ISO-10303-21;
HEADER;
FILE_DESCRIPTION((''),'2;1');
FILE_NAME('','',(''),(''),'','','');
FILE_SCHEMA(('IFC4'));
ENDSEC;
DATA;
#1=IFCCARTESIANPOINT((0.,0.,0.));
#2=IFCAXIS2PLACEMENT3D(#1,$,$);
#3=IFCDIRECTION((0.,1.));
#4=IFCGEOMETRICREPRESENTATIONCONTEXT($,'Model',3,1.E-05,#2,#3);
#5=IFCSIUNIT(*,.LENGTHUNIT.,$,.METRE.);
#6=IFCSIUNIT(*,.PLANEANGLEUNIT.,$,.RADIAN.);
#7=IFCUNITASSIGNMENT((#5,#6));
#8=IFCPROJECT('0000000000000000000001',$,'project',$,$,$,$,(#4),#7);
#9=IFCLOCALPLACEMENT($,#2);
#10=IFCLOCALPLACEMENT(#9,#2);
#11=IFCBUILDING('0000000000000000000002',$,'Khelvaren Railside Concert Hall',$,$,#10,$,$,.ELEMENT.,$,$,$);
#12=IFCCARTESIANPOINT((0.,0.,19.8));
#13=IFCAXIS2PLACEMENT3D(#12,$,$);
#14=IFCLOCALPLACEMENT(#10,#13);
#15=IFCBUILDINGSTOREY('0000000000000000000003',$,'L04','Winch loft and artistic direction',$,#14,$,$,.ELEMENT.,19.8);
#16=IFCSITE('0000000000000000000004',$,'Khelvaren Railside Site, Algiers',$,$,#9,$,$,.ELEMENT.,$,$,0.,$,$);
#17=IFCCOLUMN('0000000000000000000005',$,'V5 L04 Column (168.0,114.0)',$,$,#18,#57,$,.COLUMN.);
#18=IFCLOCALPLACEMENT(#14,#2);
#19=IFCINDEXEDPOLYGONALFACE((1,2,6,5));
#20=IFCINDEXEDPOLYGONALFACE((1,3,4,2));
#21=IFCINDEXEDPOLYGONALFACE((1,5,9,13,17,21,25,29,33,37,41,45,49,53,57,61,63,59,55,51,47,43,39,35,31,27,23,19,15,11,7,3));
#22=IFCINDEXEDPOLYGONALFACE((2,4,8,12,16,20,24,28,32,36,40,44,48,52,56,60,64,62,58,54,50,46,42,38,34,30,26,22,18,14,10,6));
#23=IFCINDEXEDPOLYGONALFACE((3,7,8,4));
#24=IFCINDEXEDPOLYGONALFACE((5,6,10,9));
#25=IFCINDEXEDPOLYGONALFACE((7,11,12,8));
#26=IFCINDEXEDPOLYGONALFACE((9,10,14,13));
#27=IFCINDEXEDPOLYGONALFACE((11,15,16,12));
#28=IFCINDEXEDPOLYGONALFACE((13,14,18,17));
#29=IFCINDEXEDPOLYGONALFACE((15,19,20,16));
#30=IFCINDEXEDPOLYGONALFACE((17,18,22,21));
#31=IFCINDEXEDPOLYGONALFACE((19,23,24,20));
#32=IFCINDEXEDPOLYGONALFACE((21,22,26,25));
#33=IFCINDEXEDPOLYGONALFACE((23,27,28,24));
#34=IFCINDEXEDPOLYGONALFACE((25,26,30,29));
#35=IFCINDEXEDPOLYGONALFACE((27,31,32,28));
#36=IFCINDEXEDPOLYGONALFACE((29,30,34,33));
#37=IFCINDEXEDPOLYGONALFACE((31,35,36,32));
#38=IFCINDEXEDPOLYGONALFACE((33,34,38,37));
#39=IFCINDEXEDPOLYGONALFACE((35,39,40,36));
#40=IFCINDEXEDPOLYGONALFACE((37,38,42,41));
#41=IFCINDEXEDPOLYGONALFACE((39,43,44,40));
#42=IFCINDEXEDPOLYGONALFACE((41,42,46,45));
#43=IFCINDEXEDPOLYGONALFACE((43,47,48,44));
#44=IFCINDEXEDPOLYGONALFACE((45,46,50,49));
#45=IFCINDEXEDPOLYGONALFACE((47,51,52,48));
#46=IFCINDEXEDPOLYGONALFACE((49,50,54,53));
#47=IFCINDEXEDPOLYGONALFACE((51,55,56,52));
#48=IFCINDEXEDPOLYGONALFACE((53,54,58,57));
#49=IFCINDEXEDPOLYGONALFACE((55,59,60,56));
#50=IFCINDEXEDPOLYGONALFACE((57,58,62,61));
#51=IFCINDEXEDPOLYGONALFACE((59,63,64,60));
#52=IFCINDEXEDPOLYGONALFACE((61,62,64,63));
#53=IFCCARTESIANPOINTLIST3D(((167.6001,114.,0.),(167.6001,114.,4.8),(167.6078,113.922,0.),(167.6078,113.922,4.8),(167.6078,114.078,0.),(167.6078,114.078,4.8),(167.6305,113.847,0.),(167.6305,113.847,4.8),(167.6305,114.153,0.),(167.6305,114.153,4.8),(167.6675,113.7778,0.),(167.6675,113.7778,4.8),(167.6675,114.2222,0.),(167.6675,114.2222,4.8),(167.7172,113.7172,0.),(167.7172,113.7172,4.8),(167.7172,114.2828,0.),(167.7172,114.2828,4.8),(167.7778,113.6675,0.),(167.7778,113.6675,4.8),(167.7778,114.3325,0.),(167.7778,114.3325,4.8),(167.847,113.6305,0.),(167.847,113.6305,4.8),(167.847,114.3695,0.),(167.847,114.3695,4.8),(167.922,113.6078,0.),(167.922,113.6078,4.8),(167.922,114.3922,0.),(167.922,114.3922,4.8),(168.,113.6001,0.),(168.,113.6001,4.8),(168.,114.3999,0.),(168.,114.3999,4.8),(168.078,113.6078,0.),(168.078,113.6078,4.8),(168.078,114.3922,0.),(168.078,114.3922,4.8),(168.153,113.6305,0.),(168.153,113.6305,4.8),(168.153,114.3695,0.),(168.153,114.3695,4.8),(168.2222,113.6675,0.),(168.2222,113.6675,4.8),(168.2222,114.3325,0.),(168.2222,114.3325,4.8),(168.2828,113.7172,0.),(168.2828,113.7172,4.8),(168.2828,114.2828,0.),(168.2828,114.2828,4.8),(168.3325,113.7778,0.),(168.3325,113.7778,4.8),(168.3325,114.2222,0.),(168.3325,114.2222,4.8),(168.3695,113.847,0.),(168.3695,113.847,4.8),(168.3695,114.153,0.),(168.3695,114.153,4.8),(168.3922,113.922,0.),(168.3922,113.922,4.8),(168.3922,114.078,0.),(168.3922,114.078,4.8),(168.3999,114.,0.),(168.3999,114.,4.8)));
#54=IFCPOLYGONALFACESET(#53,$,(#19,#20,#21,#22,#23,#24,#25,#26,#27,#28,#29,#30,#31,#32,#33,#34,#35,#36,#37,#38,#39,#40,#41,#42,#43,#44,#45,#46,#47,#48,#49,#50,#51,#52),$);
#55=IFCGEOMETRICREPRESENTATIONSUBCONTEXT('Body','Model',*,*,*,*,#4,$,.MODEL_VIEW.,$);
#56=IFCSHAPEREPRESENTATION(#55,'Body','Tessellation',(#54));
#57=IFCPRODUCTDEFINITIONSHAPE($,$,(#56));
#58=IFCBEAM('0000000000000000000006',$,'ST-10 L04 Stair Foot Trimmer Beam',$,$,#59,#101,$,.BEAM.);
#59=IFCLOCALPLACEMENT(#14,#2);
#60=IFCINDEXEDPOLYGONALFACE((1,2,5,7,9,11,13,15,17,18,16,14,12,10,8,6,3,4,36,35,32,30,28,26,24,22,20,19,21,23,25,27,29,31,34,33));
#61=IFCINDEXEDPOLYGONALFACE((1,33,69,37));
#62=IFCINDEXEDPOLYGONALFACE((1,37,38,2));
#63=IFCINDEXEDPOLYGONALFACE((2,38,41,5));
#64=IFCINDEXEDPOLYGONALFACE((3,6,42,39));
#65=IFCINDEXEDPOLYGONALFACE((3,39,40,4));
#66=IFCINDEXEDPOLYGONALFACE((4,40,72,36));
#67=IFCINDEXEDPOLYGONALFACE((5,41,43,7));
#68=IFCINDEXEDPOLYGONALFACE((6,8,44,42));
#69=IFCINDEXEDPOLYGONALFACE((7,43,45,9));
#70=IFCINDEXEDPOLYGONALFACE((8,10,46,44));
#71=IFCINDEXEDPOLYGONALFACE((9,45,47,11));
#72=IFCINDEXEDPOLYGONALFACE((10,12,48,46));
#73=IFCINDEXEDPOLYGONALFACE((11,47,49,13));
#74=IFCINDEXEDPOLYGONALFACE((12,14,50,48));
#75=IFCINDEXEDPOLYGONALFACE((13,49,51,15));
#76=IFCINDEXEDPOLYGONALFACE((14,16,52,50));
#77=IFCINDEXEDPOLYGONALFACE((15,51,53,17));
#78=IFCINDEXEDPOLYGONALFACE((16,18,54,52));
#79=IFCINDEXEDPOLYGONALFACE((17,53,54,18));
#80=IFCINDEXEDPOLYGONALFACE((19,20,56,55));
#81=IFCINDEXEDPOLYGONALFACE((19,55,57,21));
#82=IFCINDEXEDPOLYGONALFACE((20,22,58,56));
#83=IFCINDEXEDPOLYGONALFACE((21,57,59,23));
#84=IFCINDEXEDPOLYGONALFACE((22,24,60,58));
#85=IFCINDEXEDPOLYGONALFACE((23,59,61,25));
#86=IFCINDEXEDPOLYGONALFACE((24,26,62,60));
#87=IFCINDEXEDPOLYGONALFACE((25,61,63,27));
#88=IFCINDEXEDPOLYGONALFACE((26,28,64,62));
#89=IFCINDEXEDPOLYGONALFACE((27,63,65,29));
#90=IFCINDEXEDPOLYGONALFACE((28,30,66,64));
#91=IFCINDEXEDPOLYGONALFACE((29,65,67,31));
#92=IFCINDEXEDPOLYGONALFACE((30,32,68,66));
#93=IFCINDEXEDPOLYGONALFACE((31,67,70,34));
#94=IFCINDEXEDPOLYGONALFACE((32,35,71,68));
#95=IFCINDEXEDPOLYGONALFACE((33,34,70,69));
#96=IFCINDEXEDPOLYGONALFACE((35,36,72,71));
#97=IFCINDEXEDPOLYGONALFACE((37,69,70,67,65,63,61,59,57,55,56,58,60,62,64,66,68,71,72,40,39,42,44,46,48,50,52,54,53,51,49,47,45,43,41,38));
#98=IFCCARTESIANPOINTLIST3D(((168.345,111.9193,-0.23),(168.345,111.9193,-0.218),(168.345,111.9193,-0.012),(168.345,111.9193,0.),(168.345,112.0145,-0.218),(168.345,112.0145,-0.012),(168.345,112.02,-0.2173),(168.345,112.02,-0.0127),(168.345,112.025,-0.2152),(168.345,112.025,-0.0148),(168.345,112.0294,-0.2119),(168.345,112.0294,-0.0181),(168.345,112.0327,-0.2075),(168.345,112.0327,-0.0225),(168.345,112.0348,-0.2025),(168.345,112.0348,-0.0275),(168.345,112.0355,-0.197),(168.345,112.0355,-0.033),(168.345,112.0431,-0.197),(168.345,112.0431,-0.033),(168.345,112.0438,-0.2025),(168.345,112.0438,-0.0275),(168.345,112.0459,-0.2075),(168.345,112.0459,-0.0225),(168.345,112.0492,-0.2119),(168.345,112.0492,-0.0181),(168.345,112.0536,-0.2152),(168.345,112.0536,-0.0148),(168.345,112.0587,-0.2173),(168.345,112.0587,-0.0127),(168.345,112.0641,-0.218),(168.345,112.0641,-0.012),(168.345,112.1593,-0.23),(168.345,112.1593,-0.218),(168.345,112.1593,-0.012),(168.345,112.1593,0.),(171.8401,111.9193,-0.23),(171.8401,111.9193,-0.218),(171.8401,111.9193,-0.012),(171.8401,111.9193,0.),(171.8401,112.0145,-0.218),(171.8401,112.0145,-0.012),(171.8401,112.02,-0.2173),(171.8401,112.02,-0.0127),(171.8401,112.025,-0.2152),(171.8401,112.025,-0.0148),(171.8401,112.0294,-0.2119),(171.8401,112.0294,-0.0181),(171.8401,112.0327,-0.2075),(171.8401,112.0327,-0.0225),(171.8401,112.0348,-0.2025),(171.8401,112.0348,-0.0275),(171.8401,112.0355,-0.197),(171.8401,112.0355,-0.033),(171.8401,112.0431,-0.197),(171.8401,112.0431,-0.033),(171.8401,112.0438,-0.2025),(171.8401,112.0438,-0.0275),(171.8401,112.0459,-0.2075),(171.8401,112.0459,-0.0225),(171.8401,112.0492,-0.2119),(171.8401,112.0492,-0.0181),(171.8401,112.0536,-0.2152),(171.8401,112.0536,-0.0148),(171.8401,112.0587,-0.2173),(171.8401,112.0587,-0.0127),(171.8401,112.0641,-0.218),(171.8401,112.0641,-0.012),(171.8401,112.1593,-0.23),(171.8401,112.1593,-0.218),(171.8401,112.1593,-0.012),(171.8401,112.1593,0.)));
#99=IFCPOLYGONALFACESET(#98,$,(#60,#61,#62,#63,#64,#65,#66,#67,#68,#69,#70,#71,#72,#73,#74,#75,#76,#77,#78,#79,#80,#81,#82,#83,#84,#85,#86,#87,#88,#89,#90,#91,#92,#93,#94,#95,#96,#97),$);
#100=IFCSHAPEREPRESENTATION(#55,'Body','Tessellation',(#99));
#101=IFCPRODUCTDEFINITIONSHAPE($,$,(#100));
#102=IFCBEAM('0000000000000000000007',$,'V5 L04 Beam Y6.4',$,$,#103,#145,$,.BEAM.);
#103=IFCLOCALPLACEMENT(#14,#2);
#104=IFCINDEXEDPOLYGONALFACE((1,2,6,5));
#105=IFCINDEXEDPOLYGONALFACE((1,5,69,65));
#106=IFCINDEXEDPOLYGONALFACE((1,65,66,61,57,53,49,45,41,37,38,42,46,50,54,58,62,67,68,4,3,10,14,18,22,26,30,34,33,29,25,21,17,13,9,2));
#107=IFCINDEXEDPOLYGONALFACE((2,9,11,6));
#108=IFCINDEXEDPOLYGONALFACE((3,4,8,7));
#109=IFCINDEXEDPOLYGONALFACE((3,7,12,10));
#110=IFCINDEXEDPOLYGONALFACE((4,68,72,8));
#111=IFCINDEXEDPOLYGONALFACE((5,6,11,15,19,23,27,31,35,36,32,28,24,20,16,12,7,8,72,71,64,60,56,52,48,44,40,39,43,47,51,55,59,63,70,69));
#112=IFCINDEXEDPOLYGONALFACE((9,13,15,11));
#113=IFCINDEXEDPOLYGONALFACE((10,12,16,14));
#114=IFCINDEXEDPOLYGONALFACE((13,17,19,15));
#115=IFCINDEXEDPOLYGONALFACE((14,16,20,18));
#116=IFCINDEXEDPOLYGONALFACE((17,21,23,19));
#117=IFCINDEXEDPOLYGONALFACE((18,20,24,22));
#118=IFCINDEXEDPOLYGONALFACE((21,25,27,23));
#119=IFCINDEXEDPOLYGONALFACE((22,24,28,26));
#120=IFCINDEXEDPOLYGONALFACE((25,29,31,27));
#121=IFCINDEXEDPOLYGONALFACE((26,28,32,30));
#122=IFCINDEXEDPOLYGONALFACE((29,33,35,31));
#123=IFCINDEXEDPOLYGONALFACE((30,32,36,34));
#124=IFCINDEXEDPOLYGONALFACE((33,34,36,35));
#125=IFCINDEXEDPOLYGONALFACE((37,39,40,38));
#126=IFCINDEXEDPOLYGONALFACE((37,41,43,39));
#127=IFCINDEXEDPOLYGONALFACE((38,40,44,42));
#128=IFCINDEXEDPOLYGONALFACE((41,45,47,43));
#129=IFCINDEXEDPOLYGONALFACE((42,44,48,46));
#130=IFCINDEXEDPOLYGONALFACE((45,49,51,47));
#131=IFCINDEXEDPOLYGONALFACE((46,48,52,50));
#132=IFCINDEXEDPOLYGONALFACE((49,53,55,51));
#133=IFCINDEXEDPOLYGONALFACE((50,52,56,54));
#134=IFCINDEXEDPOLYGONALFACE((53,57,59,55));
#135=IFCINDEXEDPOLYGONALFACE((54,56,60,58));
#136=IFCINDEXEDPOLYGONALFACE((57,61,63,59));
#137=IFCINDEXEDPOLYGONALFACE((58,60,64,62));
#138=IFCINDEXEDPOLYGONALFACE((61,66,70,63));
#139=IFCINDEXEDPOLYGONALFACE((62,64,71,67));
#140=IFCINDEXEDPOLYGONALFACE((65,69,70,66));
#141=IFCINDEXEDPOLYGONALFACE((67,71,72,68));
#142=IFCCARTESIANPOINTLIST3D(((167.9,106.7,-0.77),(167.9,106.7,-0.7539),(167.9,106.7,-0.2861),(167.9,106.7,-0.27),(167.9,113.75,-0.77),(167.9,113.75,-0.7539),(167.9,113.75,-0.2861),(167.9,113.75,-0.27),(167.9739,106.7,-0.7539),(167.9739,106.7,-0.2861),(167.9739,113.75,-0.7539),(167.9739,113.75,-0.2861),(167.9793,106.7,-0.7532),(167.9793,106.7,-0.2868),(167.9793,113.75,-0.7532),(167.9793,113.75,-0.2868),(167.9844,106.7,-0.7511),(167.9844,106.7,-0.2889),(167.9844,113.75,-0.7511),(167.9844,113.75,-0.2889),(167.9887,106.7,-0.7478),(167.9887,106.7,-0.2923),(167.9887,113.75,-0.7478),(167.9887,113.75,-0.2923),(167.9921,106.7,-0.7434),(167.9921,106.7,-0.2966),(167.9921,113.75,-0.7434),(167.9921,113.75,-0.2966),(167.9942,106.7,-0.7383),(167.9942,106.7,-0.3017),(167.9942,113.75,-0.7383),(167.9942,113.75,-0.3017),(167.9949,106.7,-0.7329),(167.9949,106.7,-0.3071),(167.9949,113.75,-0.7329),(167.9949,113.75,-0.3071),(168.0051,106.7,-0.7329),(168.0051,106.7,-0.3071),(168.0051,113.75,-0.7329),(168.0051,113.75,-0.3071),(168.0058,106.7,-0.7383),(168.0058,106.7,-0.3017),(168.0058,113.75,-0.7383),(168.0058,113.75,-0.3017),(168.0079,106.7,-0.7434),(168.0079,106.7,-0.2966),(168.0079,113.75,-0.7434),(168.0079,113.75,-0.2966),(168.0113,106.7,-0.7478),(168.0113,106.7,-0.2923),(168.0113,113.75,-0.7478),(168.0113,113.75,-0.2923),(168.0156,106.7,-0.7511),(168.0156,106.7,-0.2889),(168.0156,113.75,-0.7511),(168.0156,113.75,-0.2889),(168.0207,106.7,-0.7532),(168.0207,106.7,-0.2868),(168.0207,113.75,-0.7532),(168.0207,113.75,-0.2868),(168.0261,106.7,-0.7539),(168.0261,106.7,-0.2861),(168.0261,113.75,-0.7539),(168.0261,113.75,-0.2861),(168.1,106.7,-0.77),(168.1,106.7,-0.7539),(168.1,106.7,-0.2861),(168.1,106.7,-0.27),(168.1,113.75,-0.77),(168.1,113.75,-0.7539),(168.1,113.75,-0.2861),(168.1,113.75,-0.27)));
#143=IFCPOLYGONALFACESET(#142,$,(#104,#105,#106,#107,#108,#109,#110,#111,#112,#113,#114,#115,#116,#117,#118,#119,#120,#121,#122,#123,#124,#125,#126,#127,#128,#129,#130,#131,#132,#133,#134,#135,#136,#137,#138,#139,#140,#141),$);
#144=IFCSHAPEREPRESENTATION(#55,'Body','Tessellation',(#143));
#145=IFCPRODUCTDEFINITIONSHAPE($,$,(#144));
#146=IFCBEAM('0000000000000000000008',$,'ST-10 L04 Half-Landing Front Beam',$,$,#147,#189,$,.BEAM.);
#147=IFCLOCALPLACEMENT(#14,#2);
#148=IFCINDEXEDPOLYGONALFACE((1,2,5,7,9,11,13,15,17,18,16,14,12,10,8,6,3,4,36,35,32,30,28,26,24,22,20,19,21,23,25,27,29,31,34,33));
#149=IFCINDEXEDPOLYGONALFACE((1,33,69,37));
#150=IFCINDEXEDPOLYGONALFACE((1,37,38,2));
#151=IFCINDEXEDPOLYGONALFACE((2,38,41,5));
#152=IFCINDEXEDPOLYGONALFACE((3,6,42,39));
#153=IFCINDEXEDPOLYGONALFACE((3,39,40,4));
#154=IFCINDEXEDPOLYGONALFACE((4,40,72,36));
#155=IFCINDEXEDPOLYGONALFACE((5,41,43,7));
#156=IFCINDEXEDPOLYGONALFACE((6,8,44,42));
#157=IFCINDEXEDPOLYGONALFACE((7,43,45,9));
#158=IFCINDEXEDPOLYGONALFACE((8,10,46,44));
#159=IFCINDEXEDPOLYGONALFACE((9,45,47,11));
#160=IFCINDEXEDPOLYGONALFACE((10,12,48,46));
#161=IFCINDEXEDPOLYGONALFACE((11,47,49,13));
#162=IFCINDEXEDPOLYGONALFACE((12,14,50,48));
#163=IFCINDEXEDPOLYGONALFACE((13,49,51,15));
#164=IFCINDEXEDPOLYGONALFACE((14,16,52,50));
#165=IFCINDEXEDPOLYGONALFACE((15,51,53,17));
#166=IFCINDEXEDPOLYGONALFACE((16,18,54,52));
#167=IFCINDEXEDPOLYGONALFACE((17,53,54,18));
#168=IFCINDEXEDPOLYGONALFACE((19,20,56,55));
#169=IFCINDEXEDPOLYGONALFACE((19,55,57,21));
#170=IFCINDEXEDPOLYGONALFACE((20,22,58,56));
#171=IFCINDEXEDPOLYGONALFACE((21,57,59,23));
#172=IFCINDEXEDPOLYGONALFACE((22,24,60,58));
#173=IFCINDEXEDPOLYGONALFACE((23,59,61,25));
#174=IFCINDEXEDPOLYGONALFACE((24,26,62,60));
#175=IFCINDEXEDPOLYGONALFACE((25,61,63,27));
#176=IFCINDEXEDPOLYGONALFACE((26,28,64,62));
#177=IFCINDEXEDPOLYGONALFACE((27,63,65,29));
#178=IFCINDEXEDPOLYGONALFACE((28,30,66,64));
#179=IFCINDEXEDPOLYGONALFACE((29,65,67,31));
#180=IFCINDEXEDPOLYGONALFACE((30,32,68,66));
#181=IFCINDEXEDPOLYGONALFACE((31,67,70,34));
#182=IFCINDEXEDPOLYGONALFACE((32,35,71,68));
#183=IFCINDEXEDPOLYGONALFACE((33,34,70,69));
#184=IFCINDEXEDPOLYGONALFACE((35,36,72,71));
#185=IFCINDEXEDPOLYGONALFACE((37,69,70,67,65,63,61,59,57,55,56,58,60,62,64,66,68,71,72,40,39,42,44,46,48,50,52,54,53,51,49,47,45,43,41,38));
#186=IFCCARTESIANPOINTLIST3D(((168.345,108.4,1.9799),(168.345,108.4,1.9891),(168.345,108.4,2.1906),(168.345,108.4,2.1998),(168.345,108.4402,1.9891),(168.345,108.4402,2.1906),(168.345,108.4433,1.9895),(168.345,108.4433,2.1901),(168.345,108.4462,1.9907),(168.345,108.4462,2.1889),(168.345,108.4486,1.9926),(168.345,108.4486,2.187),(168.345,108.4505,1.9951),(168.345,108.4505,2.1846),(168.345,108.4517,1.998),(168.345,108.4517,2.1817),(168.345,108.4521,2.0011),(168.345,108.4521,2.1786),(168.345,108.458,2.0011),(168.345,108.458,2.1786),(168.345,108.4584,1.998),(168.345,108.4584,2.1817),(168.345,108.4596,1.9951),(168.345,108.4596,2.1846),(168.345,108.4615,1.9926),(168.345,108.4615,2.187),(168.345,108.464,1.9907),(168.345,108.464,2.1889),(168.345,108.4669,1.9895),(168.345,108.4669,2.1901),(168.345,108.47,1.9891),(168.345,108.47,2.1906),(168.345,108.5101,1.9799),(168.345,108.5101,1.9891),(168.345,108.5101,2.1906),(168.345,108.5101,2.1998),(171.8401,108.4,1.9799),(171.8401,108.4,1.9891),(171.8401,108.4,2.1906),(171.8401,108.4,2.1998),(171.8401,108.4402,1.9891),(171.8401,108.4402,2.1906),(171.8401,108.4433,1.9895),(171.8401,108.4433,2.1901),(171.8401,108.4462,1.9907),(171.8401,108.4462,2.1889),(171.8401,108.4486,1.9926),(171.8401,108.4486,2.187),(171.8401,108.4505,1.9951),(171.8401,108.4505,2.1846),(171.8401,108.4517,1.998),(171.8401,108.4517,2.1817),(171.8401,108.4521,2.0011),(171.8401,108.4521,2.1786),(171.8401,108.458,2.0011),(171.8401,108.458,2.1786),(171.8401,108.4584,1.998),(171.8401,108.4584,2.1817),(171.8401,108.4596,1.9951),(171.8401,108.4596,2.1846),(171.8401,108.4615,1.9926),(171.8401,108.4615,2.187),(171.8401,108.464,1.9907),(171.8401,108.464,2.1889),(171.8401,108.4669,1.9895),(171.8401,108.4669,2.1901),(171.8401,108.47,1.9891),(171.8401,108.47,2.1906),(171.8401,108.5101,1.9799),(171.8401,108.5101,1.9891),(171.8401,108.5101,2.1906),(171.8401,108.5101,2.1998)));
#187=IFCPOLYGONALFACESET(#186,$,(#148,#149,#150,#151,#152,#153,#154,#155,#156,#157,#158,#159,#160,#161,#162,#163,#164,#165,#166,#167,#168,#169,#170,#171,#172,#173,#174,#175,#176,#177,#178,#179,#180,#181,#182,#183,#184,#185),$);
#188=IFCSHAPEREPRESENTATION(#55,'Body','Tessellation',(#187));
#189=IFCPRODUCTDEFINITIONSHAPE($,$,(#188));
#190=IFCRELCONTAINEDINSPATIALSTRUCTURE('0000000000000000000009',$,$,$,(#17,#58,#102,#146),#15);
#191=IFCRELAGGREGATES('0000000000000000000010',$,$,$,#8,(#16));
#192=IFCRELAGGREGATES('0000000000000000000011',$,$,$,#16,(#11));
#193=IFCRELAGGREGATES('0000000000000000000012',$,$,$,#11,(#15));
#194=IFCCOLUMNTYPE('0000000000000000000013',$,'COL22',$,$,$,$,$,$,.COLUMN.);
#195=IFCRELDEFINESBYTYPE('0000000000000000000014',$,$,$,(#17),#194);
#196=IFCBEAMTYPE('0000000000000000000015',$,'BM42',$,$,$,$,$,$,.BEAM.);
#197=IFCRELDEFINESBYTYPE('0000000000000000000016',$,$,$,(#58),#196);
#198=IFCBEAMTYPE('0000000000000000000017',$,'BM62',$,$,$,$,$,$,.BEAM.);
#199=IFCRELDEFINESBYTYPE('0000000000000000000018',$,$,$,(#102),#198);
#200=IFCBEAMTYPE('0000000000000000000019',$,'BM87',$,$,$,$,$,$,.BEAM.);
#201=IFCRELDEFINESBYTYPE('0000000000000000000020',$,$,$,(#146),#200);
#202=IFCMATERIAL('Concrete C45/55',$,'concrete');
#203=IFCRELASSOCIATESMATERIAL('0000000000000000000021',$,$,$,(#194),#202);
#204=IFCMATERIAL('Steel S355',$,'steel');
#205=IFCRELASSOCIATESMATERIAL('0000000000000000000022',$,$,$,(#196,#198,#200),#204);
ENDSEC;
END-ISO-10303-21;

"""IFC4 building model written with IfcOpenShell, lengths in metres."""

from ifc_helpers import new_model, si_unit, direction, frame, origin, origin_2d, place, context, subcontext, project, spatial, circle, i_section, extrude, material, material_profile, profile_set, type_object, element, save


model = new_model("IFC4")

# Units and contexts
model_context = context("Model", 3, precision=1e-05, world=origin(), true_north=direction((0.0, 1.0)))
body_context = subcontext(model_context, "Body", "Model", "MODEL_VIEW")
ifc_project = project(units=[si_unit("LENGTHUNIT", "METRE"), si_unit("PLANEANGLEUNIT", "RADIAN")], contexts=[model_context])

# Site, building, storey
site_placement = place(None, origin())
site = spatial("IfcSite", under=ifc_project, at=site_placement, Name="Khelvaren Railside Site, Algiers", CompositionType="ELEMENT", RefElevation=0.0)
building_placement = place(site_placement, origin())
building = spatial("IfcBuilding", under=site, at=building_placement, Name="Khelvaren Railside Concert Hall", CompositionType="ELEMENT")
storey_placement = place(building_placement, frame((0.0, 0.0, 19.8)))
storey = spatial("IfcBuildingStorey", under=building, at=storey_placement, Name="L04", Description="Winch loft and artistic direction", CompositionType="ELEMENT", Elevation=19.8)

# Column
ifc_material_1 = material(Name="Concrete C45/55", Category="concrete")
ifc_material_profile_1 = material_profile(ifc_material_1, circle(Radius=0.3999, at=origin_2d()), Name="RC D800")
ifc_profile_set_1 = profile_set([ifc_material_profile_1], Name="Concrete C45/55")
column_type = type_object("IfcColumnType", Name="COL22", PredefinedType="COLUMN", material=ifc_profile_set_1)
column_placement = place(storey_placement, frame((168.0, 114.0, 0.0), z_axis=(0.0, 0.0, 1.0), x_axis=(1.0, 0.0, 0.0)))
element("IfcColumn", 1, at=column_placement, inside=storey, type_object=column_type, Name="V5 L04 Column (168.0,114.0)", PredefinedType="COLUMN", context=body_context, shape_type="SweptSolid", body=[
    extrude(circle(Radius=0.3999, at=origin_2d()), origin(), (0.0, 0.0, 1.0), 4.8),
])

# Beams
ifc_material_2 = material(Name="Steel S355", Category="steel")
ifc_material_profile_2 = material_profile(ifc_material_2, i_section(OverallWidth=0.24, OverallDepth=0.23, WebThickness=0.0076, FlangeThickness=0.012, FilletRadius=0.021, at=origin_2d()), Name="HEA 240")
ifc_profile_set_2 = profile_set([ifc_material_profile_2], Name="Steel S355")
beam_type_1 = type_object("IfcBeamType", Name="BM42", PredefinedType="BEAM", material=ifc_profile_set_2)
beam_1_placement = place(storey_placement, frame((168.345, 112.0393, -0.115), z_axis=(1.0, 0.0, 0.0), x_axis=(0.0, 1.0, 0.0)))
element("IfcBeam", 2, at=beam_1_placement, inside=storey, type_object=beam_type_1, Name="ST-10 L04 Stair Foot Trimmer Beam", PredefinedType="BEAM", context=body_context, shape_type="SweptSolid", body=[
    extrude(i_section(OverallWidth=0.24, OverallDepth=0.23, WebThickness=0.0076, FlangeThickness=0.012, FilletRadius=0.021, at=origin_2d()), origin(), (0.0, 0.0, 1.0), 3.4951),
])
ifc_material_profile_3 = material_profile(ifc_material_2, i_section(OverallWidth=0.2, OverallDepth=0.5, WebThickness=0.0103, FlangeThickness=0.0161, FilletRadius=0.021, at=origin_2d()), Name="IPE 500")
ifc_profile_set_3 = profile_set([ifc_material_profile_3], Name="Steel S355")
beam_type_2 = type_object("IfcBeamType", Name="BM62", PredefinedType="BEAM", material=ifc_profile_set_3)
beam_2_placement = place(storey_placement, frame((168.0, 106.7, -0.52), z_axis=(0.0, 1.0, 0.0), x_axis=(-1.0, 0.0, 0.0)))
element("IfcBeam", 3, at=beam_2_placement, inside=storey, type_object=beam_type_2, Name="V5 L04 Beam Y6.4", PredefinedType="BEAM", context=body_context, shape_type="SweptSolid", body=[
    extrude(i_section(OverallWidth=0.2, OverallDepth=0.5, WebThickness=0.0103, FlangeThickness=0.0161, FilletRadius=0.021, at=origin_2d()), origin(), (0.0, 0.0, 1.0), 7.05),
])
ifc_material_profile_4 = material_profile(ifc_material_2, i_section(OverallWidth=0.1101, OverallDepth=0.22, WebThickness=0.0059, FlangeThickness=0.0093, FilletRadius=0.012, at=origin_2d()), Name="IPE 220")
ifc_profile_set_4 = profile_set([ifc_material_profile_4], Name="Steel S355")
beam_type_3 = type_object("IfcBeamType", Name="BM87", PredefinedType="BEAM", material=ifc_profile_set_4)
for number, where, z_axis, x_axis, name in (
    (4, (168.345, 108.4551, 2.0898), (1.0, 0.0, 0.0), (0.0, 1.0, 0.0), "ST-10 L04 Half-Landing Front Beam"),
):
    element("IfcBeam", number, at=place(storey_placement, frame(where, z_axis=z_axis, x_axis=x_axis)), inside=storey, type_object=beam_type_3, Name=name, PredefinedType="BEAM", context=body_context, shape_type="SweptSolid", body=[
        extrude(i_section(OverallWidth=0.1101, OverallDepth=0.22, WebThickness=0.0059, FlangeThickness=0.0093, FilletRadius=0.012, at=origin_2d()), origin(), (0.0, 0.0, 1.0), 3.4951),
    ])

save(model, "model.ifc")
